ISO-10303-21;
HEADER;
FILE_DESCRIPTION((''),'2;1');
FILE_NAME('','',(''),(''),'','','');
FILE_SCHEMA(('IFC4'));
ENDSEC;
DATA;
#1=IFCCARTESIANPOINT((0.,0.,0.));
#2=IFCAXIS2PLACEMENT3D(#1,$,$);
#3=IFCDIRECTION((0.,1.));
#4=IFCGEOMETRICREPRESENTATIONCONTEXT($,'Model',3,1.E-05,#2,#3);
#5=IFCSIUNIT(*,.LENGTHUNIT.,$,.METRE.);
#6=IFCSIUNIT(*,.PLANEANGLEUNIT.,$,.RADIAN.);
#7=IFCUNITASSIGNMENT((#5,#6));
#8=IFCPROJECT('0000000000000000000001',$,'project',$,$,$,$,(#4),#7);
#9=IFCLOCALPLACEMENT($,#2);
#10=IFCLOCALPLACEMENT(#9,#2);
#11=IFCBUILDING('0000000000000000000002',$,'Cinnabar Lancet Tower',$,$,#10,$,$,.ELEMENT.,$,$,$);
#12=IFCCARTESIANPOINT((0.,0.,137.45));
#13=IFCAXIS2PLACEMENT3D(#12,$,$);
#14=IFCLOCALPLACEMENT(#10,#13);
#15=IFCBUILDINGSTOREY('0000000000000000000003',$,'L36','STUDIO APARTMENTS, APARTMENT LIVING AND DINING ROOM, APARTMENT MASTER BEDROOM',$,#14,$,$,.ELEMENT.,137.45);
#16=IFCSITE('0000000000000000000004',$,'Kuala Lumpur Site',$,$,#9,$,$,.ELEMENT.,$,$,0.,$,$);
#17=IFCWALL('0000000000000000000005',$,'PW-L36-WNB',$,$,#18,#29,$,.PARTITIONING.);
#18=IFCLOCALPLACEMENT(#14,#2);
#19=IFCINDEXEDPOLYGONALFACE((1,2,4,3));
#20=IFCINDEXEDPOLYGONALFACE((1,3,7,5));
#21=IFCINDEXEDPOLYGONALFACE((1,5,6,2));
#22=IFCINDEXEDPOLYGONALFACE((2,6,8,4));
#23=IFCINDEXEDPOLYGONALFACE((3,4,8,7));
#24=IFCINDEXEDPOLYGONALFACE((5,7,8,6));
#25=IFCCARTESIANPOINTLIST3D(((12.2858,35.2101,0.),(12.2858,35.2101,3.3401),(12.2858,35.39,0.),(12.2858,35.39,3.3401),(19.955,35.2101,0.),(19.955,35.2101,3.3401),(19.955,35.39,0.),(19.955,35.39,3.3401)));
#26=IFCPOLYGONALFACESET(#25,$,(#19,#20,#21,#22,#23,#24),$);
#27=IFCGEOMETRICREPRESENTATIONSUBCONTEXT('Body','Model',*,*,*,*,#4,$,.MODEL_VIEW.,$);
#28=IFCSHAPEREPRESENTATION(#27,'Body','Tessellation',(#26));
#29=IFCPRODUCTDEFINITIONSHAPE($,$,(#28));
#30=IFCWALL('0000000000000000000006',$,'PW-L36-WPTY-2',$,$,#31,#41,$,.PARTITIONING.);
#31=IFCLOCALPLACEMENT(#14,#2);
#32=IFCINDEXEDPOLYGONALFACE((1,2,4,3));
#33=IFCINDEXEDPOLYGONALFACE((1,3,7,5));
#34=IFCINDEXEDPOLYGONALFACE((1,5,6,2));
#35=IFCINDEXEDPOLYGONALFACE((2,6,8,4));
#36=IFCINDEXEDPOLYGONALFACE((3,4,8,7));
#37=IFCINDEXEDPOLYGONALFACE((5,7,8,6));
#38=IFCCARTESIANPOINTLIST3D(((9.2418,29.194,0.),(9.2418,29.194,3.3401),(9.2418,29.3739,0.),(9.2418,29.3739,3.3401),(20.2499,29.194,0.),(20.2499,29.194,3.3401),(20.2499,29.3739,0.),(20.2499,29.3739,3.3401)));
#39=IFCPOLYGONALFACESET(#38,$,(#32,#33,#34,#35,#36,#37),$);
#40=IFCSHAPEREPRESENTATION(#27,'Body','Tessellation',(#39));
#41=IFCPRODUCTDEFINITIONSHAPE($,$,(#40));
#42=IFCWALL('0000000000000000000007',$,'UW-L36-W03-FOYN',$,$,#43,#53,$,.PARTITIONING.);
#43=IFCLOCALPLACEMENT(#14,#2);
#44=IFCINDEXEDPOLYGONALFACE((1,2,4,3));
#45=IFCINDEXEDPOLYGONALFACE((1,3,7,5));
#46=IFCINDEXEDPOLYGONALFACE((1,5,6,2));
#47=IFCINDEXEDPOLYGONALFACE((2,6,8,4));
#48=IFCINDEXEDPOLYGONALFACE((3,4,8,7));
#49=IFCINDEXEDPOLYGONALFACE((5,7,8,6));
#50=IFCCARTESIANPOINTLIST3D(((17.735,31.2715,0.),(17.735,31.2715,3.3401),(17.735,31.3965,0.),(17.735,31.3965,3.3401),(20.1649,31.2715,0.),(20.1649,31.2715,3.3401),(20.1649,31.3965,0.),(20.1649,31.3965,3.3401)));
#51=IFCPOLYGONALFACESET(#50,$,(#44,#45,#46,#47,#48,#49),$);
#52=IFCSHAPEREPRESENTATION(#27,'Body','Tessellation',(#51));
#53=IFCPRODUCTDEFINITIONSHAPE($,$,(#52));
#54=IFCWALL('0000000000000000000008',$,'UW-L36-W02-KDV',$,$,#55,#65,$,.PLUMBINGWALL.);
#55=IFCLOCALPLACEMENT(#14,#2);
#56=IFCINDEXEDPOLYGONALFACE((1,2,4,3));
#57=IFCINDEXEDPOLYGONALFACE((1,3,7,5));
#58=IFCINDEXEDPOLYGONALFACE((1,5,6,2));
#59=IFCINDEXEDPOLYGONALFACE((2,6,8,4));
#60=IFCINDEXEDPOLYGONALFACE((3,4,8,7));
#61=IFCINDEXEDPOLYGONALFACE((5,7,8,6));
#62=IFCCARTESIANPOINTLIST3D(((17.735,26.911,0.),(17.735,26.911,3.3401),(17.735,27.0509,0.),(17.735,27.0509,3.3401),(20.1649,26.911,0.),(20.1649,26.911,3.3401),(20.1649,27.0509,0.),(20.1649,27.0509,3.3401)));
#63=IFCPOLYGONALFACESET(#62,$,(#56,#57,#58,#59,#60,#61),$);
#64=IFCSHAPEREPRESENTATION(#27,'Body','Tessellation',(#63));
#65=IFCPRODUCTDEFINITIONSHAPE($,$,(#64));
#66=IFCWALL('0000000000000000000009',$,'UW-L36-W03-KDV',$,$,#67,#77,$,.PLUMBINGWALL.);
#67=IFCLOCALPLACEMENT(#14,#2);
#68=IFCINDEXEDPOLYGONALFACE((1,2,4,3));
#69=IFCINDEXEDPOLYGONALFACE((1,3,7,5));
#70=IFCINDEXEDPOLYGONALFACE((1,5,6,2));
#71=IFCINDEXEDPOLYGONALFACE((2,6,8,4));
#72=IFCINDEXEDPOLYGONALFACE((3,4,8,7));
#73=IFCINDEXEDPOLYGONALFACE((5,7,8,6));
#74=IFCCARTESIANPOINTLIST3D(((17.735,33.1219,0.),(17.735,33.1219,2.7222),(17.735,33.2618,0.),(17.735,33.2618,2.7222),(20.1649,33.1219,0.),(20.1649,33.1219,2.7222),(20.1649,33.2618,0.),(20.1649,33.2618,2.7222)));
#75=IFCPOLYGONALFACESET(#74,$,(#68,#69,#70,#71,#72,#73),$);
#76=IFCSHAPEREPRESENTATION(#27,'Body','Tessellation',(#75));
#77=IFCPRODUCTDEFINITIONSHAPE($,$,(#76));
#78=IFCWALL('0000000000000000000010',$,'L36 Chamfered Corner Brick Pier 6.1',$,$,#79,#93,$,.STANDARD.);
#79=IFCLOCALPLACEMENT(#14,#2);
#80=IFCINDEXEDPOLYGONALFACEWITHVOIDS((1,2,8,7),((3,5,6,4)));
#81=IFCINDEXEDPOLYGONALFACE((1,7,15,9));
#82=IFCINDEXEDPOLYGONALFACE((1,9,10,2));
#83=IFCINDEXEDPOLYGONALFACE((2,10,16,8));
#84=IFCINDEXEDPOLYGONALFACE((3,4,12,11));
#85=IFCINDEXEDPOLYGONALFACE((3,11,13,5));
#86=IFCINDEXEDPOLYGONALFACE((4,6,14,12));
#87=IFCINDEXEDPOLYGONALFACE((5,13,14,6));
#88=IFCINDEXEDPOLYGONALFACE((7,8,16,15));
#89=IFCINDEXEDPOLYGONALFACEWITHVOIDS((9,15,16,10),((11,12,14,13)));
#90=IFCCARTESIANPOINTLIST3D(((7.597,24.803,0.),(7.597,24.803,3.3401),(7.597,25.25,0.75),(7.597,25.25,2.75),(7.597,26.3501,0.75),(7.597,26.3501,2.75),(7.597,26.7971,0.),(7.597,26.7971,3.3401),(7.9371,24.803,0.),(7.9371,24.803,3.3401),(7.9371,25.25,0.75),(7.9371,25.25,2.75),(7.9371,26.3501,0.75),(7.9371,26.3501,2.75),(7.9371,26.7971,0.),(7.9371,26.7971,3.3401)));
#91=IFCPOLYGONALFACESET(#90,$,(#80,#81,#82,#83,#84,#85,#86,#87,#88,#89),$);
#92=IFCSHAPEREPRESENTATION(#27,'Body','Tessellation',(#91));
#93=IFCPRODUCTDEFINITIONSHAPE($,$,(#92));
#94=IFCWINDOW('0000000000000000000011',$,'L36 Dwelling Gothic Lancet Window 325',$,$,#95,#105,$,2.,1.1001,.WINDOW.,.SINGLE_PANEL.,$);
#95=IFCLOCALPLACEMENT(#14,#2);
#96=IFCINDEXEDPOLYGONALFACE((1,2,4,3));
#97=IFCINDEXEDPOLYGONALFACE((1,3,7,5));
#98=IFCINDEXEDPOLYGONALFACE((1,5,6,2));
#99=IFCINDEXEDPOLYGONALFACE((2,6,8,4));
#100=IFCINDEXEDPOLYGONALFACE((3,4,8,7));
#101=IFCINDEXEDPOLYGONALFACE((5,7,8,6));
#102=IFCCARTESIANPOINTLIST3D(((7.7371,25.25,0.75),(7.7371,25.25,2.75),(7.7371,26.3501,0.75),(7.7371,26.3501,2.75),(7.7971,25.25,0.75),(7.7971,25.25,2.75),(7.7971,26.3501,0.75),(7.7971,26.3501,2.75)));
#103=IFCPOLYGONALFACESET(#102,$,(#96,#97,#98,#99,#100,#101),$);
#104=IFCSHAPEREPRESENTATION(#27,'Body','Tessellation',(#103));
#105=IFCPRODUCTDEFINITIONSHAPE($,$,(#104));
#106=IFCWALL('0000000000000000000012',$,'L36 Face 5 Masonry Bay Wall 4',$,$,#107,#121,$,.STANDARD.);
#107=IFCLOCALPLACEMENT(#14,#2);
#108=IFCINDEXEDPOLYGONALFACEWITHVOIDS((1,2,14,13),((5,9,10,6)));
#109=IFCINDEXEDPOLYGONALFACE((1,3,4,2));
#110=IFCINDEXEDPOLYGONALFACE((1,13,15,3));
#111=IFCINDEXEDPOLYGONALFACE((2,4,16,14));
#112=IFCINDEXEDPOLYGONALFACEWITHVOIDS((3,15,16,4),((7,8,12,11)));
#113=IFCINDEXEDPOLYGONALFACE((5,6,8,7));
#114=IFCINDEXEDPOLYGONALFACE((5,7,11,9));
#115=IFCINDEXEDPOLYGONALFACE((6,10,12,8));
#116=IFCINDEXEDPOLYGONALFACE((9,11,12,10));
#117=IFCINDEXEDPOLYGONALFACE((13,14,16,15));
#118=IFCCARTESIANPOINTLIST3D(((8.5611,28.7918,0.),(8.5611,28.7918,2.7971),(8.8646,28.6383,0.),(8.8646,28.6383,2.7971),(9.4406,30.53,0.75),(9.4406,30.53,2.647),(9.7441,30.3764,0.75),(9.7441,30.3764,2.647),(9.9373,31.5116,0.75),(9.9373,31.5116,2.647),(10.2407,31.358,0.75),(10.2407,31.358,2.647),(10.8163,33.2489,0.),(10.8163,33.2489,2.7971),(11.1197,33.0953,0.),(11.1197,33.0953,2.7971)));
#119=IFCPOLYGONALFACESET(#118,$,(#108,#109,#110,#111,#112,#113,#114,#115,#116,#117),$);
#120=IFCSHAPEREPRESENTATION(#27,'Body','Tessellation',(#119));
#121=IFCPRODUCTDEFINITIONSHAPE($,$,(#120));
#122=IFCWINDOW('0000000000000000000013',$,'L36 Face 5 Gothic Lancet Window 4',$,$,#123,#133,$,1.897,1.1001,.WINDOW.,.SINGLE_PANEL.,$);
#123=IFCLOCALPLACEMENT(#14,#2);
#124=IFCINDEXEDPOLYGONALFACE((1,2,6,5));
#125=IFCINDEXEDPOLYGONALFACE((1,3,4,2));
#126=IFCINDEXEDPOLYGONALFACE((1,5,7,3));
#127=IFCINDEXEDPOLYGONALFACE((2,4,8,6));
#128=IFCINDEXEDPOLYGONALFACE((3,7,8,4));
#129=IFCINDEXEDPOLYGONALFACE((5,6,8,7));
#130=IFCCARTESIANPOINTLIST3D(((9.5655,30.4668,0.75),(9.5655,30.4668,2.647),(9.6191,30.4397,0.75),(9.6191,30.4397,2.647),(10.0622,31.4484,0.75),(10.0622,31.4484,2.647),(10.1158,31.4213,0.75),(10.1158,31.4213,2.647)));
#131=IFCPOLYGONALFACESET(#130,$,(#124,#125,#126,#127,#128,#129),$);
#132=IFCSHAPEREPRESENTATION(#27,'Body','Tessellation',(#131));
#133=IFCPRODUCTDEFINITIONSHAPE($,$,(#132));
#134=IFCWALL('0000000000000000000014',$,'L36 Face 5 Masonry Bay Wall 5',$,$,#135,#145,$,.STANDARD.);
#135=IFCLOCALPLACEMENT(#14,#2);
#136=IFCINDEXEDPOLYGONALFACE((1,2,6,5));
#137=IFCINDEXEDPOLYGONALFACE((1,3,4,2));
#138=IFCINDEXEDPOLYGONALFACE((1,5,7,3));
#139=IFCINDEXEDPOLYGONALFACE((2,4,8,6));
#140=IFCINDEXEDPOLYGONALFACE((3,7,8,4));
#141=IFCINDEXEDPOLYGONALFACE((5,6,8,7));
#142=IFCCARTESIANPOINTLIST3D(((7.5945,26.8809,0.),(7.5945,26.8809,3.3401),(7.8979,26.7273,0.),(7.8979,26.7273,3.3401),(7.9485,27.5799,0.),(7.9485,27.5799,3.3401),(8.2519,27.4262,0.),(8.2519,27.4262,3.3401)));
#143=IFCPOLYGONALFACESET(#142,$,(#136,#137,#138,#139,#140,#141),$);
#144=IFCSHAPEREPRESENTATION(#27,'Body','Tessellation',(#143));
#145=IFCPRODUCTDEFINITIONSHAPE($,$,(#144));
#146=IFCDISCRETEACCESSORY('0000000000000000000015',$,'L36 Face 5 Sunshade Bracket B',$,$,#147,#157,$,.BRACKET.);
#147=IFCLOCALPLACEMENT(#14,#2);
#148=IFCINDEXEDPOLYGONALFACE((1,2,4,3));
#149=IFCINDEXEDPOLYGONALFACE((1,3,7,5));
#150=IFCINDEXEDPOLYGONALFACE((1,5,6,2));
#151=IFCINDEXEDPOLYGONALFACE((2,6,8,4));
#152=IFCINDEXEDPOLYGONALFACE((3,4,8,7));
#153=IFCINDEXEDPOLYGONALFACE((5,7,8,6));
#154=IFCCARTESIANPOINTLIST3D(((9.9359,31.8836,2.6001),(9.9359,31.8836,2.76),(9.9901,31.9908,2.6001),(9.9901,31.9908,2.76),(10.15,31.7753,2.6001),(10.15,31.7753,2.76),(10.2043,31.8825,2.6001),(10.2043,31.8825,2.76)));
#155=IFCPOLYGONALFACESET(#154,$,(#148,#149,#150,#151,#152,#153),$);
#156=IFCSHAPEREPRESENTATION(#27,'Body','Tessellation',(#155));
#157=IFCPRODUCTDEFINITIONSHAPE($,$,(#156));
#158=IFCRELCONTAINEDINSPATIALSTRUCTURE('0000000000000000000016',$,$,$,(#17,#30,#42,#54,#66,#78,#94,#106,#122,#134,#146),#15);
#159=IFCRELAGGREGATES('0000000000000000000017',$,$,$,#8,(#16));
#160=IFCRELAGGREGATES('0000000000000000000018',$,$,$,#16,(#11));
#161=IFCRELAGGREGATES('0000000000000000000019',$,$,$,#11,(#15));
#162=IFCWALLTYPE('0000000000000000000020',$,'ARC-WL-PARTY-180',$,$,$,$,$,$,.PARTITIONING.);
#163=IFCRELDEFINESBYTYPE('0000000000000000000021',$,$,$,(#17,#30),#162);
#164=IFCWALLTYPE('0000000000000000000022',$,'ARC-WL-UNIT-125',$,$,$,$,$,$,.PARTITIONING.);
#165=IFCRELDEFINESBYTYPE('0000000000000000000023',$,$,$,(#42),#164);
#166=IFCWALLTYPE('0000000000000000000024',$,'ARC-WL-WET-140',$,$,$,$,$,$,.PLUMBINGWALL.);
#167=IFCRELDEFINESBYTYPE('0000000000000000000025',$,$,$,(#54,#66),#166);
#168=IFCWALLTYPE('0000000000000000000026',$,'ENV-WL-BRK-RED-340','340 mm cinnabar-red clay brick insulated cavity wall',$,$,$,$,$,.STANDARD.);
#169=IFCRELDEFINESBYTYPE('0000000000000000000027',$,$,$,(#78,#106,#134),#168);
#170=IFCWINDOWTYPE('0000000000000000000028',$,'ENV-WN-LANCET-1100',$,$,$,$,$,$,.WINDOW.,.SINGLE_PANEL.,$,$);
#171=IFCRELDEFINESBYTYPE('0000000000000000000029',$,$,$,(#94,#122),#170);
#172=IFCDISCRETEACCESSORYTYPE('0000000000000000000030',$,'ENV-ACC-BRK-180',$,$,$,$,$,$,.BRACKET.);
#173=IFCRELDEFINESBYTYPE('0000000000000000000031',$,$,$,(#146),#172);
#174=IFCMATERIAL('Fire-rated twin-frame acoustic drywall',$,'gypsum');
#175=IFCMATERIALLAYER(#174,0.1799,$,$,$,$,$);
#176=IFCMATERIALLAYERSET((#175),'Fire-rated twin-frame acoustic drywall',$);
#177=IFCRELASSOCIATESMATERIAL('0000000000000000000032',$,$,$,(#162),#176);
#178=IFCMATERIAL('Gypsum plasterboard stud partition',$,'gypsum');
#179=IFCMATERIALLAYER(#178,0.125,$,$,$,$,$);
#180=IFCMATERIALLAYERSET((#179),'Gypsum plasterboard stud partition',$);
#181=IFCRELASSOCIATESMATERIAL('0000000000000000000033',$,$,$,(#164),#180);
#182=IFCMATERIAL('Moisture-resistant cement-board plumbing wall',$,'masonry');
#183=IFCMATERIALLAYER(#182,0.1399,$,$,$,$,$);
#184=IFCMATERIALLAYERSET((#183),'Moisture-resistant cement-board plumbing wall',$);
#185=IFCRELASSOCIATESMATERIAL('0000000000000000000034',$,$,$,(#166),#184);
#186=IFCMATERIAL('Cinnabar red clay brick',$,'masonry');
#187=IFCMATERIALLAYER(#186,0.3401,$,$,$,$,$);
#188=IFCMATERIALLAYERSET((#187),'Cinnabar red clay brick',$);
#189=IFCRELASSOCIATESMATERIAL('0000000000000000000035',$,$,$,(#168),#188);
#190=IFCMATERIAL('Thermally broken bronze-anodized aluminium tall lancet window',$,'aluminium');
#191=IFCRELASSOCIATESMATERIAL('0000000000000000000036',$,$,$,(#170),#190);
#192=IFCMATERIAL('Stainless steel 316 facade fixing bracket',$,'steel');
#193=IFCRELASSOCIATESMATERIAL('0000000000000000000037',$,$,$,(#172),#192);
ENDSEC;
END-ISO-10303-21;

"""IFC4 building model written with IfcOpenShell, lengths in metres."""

from ifc_helpers import new_model, si_unit, direction, frame, frame_2d, origin, origin_2d, place, context, subcontext, project, spatial, rectangle, extrude, material, layer, layer_set, type_object, element, fill, save


model = new_model("IFC4")

# Units and contexts
model_context = context("Model", 3, precision=1e-05, world=origin(), true_north=direction((0.0, 1.0)))
body_context = subcontext(model_context, "Body", "Model", "MODEL_VIEW")
ifc_project = project(units=[si_unit("LENGTHUNIT", "METRE"), si_unit("PLANEANGLEUNIT", "RADIAN")], contexts=[model_context])

# Site, building, storey
site_placement = place(None, origin())
site = spatial("IfcSite", under=ifc_project, at=site_placement, Name="Kuala Lumpur Site", CompositionType="ELEMENT", RefElevation=0.0)
building_placement = place(site_placement, origin())
building = spatial("IfcBuilding", under=site, at=building_placement, Name="Cinnabar Lancet Tower", CompositionType="ELEMENT")
storey_placement = place(building_placement, frame((0.0, 0.0, 137.45)))
storey = spatial("IfcBuildingStorey", under=building, at=storey_placement, Name="L36", Description="STUDIO APARTMENTS, APARTMENT LIVING AND DINING ROOM, APARTMENT MASTER BEDROOM", CompositionType="ELEMENT", Elevation=137.45)

# Walls
ifc_material_1 = material(Name="Fire-rated twin-frame acoustic drywall", Category="gypsum")
ifc_layer_1 = layer(ifc_material_1, 0.1799)
ifc_layer_set_1 = layer_set([ifc_layer_1], Name="Fire-rated twin-frame acoustic drywall")
wall_type_1 = type_object("IfcWallType", Name="ARC-WL-PARTY-180", PredefinedType="PARTITIONING", material=ifc_layer_set_1)
wall_1_placement = place(storey_placement, frame((12.2859, 35.3, 0.0), z_axis=(0.0, 0.0, 1.0), x_axis=(1.0, 0.0, 0.0)))
element("IfcWall", 1, at=wall_1_placement, inside=storey, type_object=wall_type_1, Name="PW-L36-WNB", PredefinedType="PARTITIONING", context=body_context, shape_type="SweptSolid", body=[
    extrude(rectangle(XDim=7.6692, YDim=0.1799, at=frame_2d((3.8345, 0.0))), origin(), (0.0, 0.0, 1.0), 3.3401),
])
wall_2_placement = place(storey_placement, frame((9.2419, 29.2839, 0.0), z_axis=(0.0, 0.0, 1.0), x_axis=(1.0, 0.0, 0.0)))
element("IfcWall", 2, at=wall_2_placement, inside=storey, type_object=wall_type_1, Name="PW-L36-WPTY-2", PredefinedType="PARTITIONING", context=body_context, shape_type="SweptSolid", body=[
    extrude(rectangle(XDim=11.0081, YDim=0.1799, at=frame_2d((5.5039, 0.0))), origin(), (0.0, 0.0, 1.0), 3.3401),
])
ifc_material_2 = material(Name="Gypsum plasterboard stud partition", Category="gypsum")
ifc_layer_2 = layer(ifc_material_2, 0.125)
ifc_layer_set_2 = layer_set([ifc_layer_2], Name="Gypsum plasterboard stud partition")
wall_type_2 = type_object("IfcWallType", Name="ARC-WL-UNIT-125", PredefinedType="PARTITIONING", material=ifc_layer_set_2)
wall_3_placement = place(storey_placement, frame((17.7351, 31.334, 0.0), z_axis=(0.0, 0.0, 1.0), x_axis=(1.0, 0.0, 0.0)))
element("IfcWall", 3, at=wall_3_placement, inside=storey, type_object=wall_type_2, Name="UW-L36-W03-FOYN", PredefinedType="PARTITIONING", context=body_context, shape_type="SweptSolid", body=[
    extrude(rectangle(XDim=2.4299, YDim=0.125, at=frame_2d((1.2148, 0.0))), origin(), (0.0, 0.0, 1.0), 3.3401),
])
ifc_material_3 = material(Name="Moisture-resistant cement-board plumbing wall", Category="masonry")
ifc_layer_3 = layer(ifc_material_3, 0.1399)
ifc_layer_set_3 = layer_set([ifc_layer_3], Name="Moisture-resistant cement-board plumbing wall")
wall_type_3 = type_object("IfcWallType", Name="ARC-WL-WET-140", PredefinedType="PLUMBINGWALL", material=ifc_layer_set_3)
wall_4_placement = place(storey_placement, frame((17.7351, 26.981, 0.0), z_axis=(0.0, 0.0, 1.0), x_axis=(1.0, 0.0, 0.0)))
element("IfcWall", 4, at=wall_4_placement, inside=storey, type_object=wall_type_3, Name="UW-L36-W02-KDV", PredefinedType="PLUMBINGWALL", context=body_context, shape_type="SweptSolid", body=[
    extrude(rectangle(XDim=2.4299, YDim=0.1399, at=frame_2d((1.2148, 0.0))), origin(), (0.0, 0.0, 1.0), 3.3401),
])

# Wall
wall_5_placement = place(storey_placement, frame((17.7351, 33.1919, 0.0), z_axis=(0.0, 0.0, 1.0), x_axis=(1.0, 0.0, 0.0)))
element("IfcWall", 5, at=wall_5_placement, inside=storey, type_object=wall_type_3, Name="UW-L36-W03-KDV", PredefinedType="PLUMBINGWALL", context=body_context, shape_type="SweptSolid", body=[
    extrude(rectangle(XDim=2.4299, YDim=0.1399, at=frame_2d((1.2148, 0.0))), origin(), (0.0, 0.0, 1.0), 2.7222),
])

# Walls, openings, windows
ifc_material_4 = material(Name="Cinnabar red clay brick", Category="masonry")
ifc_layer_4 = layer(ifc_material_4, 0.3401)
ifc_layer_set_4 = layer_set([ifc_layer_4], Name="Cinnabar red clay brick")
wall_type_4 = type_object("IfcWallType", Name="ENV-WL-BRK-RED-340", Description="340 mm cinnabar-red clay brick insulated cavity wall", PredefinedType="STANDARD", material=ifc_layer_set_4)
wall_6_placement = place(storey_placement, frame((7.7671, 26.7971, 0.0), z_axis=(0.0, 0.0, 1.0), x_axis=(0.0, -1.0, 0.0)))
wall_6 = element("IfcWall", 6, at=wall_6_placement, inside=storey, type_object=wall_type_4, Name="L36 Chamfered Corner Brick Pier 6.1", PredefinedType="STANDARD", context=body_context, shape_type="SweptSolid", body=[
    extrude(rectangle(XDim=1.9941, YDim=0.3401, at=frame_2d((0.9971, 0.0))), origin(), (0.0, 0.0, 1.0), 3.3401),
])
opening_1_placement = place(wall_6_placement, frame((0.447, 0.0, 0.75)))
opening_1 = element("IfcOpeningElement", 7, at=opening_1_placement, cuts=wall_6, PredefinedType="OPENING", context=body_context, shape_type="SweptSolid", body=[
    extrude(rectangle(XDim=1.1001, YDim=2.0, at=frame_2d((0.55, 1.0))), frame((0.0, 0.1799, 0.0), z_axis=(0.0, -1.0, 0.0), x_axis=(1.0, 0.0, 0.0)), (0.0, 0.0, 1.0), 0.3601),
])
ifc_material_5 = material(Name="Thermally broken bronze-anodized aluminium tall lancet window", Category="aluminium")
window_type = type_object("IfcWindowType", Name="ENV-WN-LANCET-1100", PartitioningType="SINGLE_PANEL", PredefinedType="WINDOW", material=ifc_material_5)
window_1_placement = place(opening_1_placement, origin())
window_1 = element("IfcWindow", 8, at=window_1_placement, inside=storey, type_object=window_type, Name="L36 Dwelling Gothic Lancet Window 325", OverallHeight=2.0, OverallWidth=1.1001, PartitioningType="SINGLE_PANEL", PredefinedType="WINDOW", context=body_context, shape_type="SweptSolid", body=[
    extrude(rectangle(XDim=1.1001, YDim=2.0, at=frame_2d((0.55, 1.0))), frame((0.0, 0.03, 0.0), z_axis=(0.0, -1.0, 0.0), x_axis=(1.0, 0.0, 0.0)), (0.0, 0.0, 1.0), 0.0601),
])
fill(opening_1, window_1)
wall_7_placement = place(storey_placement, frame((10.968, 33.1721, 0.0), z_axis=(0.0, 0.0, 1.0), x_axis=(-0.451471, -0.892286, 0.0)))
wall_7 = element("IfcWall", 9, at=wall_7_placement, inside=storey, type_object=wall_type_4, Name="L36 Face 5 Masonry Bay Wall 4", PredefinedType="STANDARD", context=body_context, shape_type="SweptSolid", body=[
    extrude(rectangle(XDim=4.9951, YDim=0.3401, at=frame_2d((2.4976, 0.0))), origin(), (0.0, 0.0, 1.0), 2.7971),
])
opening_2_placement = place(wall_7_placement, frame((1.947, 0.0, 0.75)))
opening_2 = element("IfcOpeningElement", 10, at=opening_2_placement, cuts=wall_7, PredefinedType="OPENING", context=body_context, shape_type="SweptSolid", body=[
    extrude(rectangle(XDim=1.1001, YDim=1.897, at=frame_2d((0.55, 0.9485))), frame((0.0, 0.1799, 0.0), z_axis=(0.0, -1.0, 0.0), x_axis=(1.0, 0.0, 0.0)), (0.0, 0.0, 1.0), 0.3601),
])
window_2_placement = place(opening_2_placement, origin())
window_2 = element("IfcWindow", 11, at=window_2_placement, inside=storey, type_object=window_type, Name="L36 Face 5 Gothic Lancet Window 4", OverallHeight=1.897, OverallWidth=1.1001, PartitioningType="SINGLE_PANEL", PredefinedType="WINDOW", context=body_context, shape_type="SweptSolid", body=[
    extrude(rectangle(XDim=1.1001, YDim=1.897, at=frame_2d((0.55, 0.9485))), frame((0.0, 0.03, 0.0), z_axis=(0.0, -1.0, 0.0), x_axis=(1.0, 0.0, 0.0)), (0.0, 0.0, 1.0), 0.0601),
])
fill(opening_2, window_2)

# Wall
wall_8_placement = place(storey_placement, frame((8.1001, 27.5029, 0.0), z_axis=(0.0, 0.0, 1.0), x_axis=(-0.451819, -0.892109, 0.0)))
element("IfcWall", 12, at=wall_8_placement, inside=storey, type_object=wall_type_4, Name="L36 Face 5 Masonry Bay Wall 5", PredefinedType="STANDARD", context=body_context, shape_type="SweptSolid", body=[
    extrude(rectangle(XDim=0.7834, YDim=0.3401, at=frame_2d((0.3916, 0.0))), origin(), (0.0, 0.0, 1.0), 3.3401),
])

# Discrete accessory
ifc_material_6 = material(Name="Stainless steel 316 facade fixing bracket", Category="steel")
discrete_accessory_type = type_object("IfcDiscreteAccessoryType", Name="ENV-ACC-BRK-180", PredefinedType="BRACKET", material=ifc_material_6)
discrete_accessory_placement = place(storey_placement, frame((10.0701, 31.8831, 2.6001), z_axis=(0.0, 0.0, 1.0), x_axis=(-0.451454, -0.892294, 0.0)))
element("IfcDiscreteAccessory", 13, at=discrete_accessory_placement, inside=storey, type_object=discrete_accessory_type, Name="L36 Face 5 Sunshade Bracket B", PredefinedType="BRACKET", context=body_context, shape_type="SweptSolid", body=[
    extrude(rectangle(XDim=0.1201, YDim=0.24, at=origin_2d()), origin(), (0.0, 0.0, 1.0), 0.1599),
])

save(model, "model.ifc")
